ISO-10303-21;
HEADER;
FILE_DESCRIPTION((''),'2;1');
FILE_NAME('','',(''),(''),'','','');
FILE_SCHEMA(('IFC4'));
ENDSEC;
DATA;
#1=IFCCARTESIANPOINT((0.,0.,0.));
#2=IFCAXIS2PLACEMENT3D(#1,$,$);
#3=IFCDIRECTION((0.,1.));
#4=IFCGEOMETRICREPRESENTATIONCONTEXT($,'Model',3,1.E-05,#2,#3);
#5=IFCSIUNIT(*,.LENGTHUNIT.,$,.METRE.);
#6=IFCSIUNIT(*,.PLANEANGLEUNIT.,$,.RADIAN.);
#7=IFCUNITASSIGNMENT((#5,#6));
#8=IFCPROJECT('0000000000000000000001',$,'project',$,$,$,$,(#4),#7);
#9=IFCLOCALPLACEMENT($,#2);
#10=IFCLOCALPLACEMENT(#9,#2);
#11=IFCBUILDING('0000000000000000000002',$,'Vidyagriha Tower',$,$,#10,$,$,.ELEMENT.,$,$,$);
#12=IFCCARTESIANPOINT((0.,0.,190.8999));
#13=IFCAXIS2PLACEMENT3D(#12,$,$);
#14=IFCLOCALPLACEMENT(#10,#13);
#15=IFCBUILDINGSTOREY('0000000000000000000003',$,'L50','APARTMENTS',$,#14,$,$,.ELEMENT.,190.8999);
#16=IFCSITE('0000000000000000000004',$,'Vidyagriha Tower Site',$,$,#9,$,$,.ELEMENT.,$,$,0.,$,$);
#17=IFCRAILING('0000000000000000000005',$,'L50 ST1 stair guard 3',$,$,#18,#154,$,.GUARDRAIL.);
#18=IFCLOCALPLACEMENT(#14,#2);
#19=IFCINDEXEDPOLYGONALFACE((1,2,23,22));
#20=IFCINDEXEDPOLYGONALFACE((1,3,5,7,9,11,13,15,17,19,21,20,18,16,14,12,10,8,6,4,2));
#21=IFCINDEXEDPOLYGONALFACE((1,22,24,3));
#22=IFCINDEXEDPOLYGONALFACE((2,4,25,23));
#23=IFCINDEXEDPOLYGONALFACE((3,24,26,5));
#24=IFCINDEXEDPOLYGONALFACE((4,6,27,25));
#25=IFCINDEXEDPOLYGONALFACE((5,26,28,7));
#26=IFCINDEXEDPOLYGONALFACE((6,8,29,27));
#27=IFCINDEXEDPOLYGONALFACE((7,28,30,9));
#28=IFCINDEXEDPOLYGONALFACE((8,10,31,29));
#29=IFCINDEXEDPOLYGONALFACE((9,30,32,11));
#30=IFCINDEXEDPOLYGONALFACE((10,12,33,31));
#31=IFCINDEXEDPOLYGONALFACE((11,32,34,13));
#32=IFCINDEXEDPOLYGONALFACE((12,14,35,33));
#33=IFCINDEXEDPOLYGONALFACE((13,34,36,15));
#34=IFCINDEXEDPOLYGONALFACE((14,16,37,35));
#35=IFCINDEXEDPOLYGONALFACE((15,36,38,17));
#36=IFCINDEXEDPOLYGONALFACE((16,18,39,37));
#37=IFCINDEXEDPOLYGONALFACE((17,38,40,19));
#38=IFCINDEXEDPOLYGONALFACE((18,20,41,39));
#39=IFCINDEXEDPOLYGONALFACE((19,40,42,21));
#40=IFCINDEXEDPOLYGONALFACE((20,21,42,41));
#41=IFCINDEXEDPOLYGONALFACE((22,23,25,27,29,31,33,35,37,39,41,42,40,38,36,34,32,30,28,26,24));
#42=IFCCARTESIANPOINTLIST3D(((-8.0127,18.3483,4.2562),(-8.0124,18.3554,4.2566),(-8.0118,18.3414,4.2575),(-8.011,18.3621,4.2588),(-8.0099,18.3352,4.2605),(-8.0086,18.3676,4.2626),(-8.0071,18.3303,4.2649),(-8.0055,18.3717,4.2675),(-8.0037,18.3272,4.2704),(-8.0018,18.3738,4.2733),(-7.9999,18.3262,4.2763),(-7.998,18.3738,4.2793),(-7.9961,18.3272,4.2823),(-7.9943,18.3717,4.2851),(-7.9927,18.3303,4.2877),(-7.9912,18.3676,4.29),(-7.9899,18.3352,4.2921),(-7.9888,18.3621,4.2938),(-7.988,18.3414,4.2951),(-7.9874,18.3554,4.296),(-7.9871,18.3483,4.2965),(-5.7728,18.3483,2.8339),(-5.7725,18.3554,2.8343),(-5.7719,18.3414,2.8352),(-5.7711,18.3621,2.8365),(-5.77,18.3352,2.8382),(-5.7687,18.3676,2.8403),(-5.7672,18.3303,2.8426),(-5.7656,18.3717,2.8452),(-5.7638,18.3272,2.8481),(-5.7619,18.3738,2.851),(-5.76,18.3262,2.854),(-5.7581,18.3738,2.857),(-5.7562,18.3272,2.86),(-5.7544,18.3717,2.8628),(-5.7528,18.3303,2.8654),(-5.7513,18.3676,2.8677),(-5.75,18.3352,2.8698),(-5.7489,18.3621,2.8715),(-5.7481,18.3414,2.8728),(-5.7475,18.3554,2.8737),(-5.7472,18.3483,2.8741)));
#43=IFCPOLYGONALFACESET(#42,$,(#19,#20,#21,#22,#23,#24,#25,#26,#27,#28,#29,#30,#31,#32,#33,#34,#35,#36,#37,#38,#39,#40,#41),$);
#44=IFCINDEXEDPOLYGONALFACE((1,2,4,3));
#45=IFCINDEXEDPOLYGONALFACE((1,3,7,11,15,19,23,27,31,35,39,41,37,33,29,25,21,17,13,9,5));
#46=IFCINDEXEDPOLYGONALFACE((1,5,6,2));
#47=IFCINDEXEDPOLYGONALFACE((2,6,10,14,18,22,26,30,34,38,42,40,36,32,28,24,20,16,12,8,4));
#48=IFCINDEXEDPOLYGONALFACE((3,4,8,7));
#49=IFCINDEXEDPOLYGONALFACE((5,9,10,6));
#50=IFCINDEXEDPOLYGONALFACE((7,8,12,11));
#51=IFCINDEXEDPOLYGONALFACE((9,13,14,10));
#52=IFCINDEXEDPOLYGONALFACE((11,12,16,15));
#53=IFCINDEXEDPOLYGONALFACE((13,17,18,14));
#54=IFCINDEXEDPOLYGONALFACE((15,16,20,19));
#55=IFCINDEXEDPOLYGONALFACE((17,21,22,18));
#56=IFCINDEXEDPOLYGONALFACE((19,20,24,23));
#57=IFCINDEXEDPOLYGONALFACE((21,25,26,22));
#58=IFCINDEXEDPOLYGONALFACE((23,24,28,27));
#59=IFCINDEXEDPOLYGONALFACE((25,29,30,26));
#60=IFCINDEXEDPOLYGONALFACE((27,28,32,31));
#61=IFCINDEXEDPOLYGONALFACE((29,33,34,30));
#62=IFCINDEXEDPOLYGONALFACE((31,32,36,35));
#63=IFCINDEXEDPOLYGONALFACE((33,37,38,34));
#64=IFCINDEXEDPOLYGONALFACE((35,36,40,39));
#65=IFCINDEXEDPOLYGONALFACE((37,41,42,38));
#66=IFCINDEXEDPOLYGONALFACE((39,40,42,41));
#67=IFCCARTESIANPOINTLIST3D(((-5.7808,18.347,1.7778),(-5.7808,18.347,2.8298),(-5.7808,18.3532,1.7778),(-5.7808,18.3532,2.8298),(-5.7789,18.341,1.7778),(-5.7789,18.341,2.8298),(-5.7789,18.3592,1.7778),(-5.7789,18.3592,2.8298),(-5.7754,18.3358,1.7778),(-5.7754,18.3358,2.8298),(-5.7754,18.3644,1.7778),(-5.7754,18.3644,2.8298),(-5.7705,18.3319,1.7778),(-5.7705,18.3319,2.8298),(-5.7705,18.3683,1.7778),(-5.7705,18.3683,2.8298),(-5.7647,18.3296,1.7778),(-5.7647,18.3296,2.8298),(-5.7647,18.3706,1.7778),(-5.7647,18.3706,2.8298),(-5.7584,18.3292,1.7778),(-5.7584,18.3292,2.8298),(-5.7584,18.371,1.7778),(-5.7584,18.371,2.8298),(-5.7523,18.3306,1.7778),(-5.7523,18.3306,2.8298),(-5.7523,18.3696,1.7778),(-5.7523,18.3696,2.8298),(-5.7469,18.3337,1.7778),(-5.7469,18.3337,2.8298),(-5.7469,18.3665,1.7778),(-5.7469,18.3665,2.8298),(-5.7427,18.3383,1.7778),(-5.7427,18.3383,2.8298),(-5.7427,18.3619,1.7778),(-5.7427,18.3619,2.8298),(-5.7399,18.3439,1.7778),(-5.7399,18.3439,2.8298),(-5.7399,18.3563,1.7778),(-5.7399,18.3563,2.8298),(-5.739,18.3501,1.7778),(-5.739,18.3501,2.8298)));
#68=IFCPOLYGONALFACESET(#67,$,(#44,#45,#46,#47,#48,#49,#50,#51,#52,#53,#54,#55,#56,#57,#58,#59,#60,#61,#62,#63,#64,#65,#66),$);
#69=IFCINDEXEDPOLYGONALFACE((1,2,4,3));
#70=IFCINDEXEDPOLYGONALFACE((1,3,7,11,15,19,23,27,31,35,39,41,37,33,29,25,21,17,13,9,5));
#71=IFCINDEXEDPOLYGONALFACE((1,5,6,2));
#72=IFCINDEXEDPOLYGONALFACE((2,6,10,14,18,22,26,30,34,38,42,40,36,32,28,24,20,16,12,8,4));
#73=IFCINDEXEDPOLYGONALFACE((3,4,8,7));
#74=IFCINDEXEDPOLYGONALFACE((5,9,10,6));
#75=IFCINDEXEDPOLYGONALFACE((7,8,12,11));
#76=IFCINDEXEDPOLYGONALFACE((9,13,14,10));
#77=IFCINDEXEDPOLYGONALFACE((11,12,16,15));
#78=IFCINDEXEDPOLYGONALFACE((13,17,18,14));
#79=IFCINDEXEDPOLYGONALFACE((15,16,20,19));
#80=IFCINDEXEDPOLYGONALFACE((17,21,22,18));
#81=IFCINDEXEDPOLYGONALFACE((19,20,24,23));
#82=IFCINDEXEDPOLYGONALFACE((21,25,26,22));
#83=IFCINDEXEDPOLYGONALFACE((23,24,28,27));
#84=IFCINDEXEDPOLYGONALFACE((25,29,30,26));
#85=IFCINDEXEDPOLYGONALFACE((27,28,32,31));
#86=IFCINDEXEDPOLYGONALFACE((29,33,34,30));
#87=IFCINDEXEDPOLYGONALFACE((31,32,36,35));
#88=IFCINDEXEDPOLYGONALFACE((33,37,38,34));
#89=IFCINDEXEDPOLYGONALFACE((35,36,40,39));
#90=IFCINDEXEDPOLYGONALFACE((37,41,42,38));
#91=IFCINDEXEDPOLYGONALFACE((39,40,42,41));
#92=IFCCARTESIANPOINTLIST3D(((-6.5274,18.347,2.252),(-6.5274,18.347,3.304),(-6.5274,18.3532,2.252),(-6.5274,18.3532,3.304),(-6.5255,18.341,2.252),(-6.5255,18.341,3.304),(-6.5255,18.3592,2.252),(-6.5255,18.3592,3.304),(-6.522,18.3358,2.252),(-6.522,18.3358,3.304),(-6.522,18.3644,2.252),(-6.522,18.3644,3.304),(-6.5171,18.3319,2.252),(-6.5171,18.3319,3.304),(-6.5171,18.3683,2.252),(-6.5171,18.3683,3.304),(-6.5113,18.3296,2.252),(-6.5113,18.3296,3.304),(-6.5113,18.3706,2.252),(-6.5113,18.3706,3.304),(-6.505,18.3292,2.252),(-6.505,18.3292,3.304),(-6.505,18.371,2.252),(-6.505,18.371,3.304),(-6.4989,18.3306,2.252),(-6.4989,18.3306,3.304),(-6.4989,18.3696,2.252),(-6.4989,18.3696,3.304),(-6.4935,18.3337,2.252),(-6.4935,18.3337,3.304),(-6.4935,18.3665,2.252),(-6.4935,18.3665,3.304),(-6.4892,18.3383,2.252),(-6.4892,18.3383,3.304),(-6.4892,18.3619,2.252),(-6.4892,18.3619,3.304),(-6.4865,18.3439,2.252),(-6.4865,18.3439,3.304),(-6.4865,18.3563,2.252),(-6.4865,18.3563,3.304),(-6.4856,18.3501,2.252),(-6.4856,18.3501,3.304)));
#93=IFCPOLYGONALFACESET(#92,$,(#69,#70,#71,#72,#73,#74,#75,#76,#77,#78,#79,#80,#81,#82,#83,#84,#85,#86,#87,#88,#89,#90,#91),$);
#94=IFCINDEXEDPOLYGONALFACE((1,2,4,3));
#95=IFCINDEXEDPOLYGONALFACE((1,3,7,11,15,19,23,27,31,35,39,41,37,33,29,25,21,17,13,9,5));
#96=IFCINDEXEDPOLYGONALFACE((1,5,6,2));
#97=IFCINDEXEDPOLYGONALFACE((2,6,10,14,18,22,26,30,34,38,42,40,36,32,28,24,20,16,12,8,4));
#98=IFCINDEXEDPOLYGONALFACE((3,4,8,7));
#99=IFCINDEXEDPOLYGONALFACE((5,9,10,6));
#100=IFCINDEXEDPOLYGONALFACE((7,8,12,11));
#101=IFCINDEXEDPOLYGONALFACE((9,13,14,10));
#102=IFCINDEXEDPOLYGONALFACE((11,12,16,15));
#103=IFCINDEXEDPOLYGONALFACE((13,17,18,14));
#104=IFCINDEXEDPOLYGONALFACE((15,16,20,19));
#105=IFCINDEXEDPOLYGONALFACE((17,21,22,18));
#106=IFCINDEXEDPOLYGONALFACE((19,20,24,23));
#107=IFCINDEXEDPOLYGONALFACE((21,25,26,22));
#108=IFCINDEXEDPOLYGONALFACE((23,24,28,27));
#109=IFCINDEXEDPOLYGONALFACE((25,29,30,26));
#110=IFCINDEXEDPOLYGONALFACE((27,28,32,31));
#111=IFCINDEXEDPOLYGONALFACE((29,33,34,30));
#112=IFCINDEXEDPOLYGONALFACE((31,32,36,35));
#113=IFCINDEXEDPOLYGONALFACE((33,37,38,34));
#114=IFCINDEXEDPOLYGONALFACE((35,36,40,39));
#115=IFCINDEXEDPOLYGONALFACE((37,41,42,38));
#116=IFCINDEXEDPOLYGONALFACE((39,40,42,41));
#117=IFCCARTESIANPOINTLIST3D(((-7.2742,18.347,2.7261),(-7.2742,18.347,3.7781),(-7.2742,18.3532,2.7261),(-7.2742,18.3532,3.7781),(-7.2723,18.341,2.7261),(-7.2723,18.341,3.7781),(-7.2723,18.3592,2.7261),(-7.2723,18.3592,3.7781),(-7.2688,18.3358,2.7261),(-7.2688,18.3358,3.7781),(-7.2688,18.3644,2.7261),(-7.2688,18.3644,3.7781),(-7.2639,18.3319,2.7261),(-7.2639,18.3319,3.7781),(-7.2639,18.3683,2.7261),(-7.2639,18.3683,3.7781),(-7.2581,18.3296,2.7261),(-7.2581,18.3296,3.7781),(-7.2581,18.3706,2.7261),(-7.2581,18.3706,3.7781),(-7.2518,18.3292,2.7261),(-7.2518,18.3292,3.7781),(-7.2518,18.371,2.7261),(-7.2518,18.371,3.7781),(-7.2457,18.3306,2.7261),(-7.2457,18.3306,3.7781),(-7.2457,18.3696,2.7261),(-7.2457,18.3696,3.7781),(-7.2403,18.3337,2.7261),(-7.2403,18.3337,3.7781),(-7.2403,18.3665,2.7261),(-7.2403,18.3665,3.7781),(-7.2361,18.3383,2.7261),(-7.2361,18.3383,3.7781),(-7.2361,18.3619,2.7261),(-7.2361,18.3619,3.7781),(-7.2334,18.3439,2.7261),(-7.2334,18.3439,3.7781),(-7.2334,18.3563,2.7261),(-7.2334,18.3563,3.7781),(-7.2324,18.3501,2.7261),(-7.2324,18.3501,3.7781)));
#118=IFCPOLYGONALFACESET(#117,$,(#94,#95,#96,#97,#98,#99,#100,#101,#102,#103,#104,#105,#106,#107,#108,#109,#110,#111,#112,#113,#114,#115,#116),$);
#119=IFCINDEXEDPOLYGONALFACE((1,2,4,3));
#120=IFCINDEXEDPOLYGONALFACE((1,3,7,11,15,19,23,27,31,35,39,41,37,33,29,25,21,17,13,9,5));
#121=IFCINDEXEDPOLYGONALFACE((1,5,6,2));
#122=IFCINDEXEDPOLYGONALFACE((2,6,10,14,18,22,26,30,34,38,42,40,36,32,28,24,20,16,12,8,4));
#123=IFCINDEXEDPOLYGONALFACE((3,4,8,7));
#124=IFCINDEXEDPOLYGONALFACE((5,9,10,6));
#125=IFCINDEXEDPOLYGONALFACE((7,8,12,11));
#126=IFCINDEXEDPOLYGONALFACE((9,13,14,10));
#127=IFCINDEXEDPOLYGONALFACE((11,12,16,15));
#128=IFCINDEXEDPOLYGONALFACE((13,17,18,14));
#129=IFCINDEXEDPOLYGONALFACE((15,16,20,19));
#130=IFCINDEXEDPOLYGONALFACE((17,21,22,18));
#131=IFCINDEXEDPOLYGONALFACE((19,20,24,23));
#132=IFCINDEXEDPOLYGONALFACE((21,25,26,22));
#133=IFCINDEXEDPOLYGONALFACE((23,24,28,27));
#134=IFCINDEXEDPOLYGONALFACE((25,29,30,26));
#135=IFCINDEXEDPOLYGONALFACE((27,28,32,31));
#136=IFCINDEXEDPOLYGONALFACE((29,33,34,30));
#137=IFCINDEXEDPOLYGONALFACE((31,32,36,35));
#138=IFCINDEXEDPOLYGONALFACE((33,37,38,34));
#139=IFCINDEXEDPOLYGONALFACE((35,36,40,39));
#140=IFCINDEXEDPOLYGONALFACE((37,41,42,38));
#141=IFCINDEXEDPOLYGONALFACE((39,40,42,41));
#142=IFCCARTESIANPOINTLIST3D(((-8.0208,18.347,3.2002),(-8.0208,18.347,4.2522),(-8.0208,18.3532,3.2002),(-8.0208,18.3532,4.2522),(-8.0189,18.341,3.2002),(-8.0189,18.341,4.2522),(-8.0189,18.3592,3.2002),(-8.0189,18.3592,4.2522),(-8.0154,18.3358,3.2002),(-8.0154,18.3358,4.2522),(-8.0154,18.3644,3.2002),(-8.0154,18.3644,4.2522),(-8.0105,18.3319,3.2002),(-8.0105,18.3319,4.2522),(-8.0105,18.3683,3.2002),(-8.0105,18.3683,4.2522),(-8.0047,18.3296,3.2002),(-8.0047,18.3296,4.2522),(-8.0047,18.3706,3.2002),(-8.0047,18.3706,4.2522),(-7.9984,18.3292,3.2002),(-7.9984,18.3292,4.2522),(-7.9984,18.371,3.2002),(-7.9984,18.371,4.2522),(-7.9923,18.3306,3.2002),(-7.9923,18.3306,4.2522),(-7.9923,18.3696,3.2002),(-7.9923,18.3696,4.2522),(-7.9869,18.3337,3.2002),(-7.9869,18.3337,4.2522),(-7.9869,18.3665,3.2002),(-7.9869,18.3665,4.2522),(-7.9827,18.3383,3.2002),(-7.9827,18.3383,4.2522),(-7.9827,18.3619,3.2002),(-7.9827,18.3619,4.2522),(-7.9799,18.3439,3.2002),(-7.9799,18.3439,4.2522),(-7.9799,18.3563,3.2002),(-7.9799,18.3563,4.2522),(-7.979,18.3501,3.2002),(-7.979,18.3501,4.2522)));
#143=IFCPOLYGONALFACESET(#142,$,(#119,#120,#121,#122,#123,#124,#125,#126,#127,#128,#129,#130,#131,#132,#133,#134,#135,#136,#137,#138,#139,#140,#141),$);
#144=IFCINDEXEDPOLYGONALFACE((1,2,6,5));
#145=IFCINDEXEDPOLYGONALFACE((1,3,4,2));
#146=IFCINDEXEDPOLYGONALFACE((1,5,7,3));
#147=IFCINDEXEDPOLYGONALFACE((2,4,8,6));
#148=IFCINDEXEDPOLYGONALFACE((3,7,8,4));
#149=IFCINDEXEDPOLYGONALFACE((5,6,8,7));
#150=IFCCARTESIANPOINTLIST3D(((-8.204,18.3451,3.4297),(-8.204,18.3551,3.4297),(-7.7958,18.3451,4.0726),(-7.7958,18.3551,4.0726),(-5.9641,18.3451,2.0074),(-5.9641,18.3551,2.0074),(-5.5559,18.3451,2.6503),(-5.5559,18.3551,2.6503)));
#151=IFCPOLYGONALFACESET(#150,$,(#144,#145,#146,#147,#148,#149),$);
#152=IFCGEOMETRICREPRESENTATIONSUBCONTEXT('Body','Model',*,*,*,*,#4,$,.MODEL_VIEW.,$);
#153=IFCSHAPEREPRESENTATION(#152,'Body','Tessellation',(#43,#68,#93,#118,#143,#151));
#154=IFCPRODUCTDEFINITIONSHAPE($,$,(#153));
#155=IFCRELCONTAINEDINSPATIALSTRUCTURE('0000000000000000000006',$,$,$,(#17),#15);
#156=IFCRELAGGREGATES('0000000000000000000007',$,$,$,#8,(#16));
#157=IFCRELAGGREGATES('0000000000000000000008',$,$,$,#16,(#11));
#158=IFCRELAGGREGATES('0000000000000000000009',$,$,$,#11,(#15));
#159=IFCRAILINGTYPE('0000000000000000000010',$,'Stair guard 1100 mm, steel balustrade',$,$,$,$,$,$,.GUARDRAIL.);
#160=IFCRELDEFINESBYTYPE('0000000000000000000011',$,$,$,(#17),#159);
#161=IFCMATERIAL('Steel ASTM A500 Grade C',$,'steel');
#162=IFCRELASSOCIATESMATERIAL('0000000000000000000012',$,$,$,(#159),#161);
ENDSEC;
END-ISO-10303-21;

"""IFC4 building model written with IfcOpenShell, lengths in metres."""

from ifc_helpers import new_model, si_unit, direction, frame, origin, origin_2d, place, context, subcontext, project, spatial, rectangle, circle, extrude, material, type_object, element, save


model = new_model("IFC4")

# Units and contexts
model_context = context("Model", 3, precision=1e-05, world=origin(), true_north=direction((0.0, 1.0)))
body_context = subcontext(model_context, "Body", "Model", "MODEL_VIEW")
ifc_project = project(units=[si_unit("LENGTHUNIT", "METRE"), si_unit("PLANEANGLEUNIT", "RADIAN")], contexts=[model_context])

# Site, building, storey
site_placement = place(None, origin())
site = spatial("IfcSite", under=ifc_project, at=site_placement, Name="Vidyagriha Tower Site", CompositionType="ELEMENT", RefElevation=0.0)
building_placement = place(site_placement, origin())
building = spatial("IfcBuilding", under=site, at=building_placement, Name="Vidyagriha Tower", CompositionType="ELEMENT")
storey_placement = place(building_placement, frame((0.0, 0.0, 190.8999)))
storey = spatial("IfcBuildingStorey", under=building, at=storey_placement, Name="L50", Description="APARTMENTS", CompositionType="ELEMENT", Elevation=190.8999)

# Railing
ifc_material_1 = material(Name="Steel ASTM A500 Grade C", Category="steel")
railing_type_1 = type_object("IfcRailingType", Name="Stair guard 1100 mm, steel balustrade", PredefinedType="GUARDRAIL", material=ifc_material_1)
railing_1_placement = place(storey_placement, frame((-5.76, 18.3501, 1.7778)))
element("IfcRailing", 1, at=railing_1_placement, inside=storey, type_object=railing_type_1, Name="L50 ST1 stair guard 3", PredefinedType="GUARDRAIL", context=body_context, shape_type="SweptSolid", body=[
    extrude(circle(Radius=0.0239, at=origin_2d()), frame((0.0, 0.0, 1.0762), z_axis=(-0.844188, 0.0, 0.536048), x_axis=(0.0, -1.0, 0.0)), (0.0, 0.0, 1.0), 2.6533),
    extrude(circle(Radius=0.021, at=origin_2d()), origin(), (0.0, 0.0, 1.0), 1.052),
    extrude(circle(Radius=0.021, at=origin_2d()), frame((-0.7466, 0.0, 0.4741)), (0.0, 0.0, 1.0), 1.052),
    extrude(circle(Radius=0.021, at=origin_2d()), frame((-1.4934, 0.0, 0.9482)), (0.0, 0.0, 1.0), 1.052),
    extrude(circle(Radius=0.021, at=origin_2d()), frame((-2.24, 0.0, 1.4224)), (0.0, 0.0, 1.0), 1.052),
    extrude(rectangle(XDim=0.01, YDim=0.7615, at=origin_2d()), frame((0.0, 0.0, 0.551), z_axis=(-0.844188, 0.0, 0.536048), x_axis=(0.0, -1.0, 0.0)), (0.0, 0.0, 1.0), 2.6533),
])

save(model, "model.ifc")
